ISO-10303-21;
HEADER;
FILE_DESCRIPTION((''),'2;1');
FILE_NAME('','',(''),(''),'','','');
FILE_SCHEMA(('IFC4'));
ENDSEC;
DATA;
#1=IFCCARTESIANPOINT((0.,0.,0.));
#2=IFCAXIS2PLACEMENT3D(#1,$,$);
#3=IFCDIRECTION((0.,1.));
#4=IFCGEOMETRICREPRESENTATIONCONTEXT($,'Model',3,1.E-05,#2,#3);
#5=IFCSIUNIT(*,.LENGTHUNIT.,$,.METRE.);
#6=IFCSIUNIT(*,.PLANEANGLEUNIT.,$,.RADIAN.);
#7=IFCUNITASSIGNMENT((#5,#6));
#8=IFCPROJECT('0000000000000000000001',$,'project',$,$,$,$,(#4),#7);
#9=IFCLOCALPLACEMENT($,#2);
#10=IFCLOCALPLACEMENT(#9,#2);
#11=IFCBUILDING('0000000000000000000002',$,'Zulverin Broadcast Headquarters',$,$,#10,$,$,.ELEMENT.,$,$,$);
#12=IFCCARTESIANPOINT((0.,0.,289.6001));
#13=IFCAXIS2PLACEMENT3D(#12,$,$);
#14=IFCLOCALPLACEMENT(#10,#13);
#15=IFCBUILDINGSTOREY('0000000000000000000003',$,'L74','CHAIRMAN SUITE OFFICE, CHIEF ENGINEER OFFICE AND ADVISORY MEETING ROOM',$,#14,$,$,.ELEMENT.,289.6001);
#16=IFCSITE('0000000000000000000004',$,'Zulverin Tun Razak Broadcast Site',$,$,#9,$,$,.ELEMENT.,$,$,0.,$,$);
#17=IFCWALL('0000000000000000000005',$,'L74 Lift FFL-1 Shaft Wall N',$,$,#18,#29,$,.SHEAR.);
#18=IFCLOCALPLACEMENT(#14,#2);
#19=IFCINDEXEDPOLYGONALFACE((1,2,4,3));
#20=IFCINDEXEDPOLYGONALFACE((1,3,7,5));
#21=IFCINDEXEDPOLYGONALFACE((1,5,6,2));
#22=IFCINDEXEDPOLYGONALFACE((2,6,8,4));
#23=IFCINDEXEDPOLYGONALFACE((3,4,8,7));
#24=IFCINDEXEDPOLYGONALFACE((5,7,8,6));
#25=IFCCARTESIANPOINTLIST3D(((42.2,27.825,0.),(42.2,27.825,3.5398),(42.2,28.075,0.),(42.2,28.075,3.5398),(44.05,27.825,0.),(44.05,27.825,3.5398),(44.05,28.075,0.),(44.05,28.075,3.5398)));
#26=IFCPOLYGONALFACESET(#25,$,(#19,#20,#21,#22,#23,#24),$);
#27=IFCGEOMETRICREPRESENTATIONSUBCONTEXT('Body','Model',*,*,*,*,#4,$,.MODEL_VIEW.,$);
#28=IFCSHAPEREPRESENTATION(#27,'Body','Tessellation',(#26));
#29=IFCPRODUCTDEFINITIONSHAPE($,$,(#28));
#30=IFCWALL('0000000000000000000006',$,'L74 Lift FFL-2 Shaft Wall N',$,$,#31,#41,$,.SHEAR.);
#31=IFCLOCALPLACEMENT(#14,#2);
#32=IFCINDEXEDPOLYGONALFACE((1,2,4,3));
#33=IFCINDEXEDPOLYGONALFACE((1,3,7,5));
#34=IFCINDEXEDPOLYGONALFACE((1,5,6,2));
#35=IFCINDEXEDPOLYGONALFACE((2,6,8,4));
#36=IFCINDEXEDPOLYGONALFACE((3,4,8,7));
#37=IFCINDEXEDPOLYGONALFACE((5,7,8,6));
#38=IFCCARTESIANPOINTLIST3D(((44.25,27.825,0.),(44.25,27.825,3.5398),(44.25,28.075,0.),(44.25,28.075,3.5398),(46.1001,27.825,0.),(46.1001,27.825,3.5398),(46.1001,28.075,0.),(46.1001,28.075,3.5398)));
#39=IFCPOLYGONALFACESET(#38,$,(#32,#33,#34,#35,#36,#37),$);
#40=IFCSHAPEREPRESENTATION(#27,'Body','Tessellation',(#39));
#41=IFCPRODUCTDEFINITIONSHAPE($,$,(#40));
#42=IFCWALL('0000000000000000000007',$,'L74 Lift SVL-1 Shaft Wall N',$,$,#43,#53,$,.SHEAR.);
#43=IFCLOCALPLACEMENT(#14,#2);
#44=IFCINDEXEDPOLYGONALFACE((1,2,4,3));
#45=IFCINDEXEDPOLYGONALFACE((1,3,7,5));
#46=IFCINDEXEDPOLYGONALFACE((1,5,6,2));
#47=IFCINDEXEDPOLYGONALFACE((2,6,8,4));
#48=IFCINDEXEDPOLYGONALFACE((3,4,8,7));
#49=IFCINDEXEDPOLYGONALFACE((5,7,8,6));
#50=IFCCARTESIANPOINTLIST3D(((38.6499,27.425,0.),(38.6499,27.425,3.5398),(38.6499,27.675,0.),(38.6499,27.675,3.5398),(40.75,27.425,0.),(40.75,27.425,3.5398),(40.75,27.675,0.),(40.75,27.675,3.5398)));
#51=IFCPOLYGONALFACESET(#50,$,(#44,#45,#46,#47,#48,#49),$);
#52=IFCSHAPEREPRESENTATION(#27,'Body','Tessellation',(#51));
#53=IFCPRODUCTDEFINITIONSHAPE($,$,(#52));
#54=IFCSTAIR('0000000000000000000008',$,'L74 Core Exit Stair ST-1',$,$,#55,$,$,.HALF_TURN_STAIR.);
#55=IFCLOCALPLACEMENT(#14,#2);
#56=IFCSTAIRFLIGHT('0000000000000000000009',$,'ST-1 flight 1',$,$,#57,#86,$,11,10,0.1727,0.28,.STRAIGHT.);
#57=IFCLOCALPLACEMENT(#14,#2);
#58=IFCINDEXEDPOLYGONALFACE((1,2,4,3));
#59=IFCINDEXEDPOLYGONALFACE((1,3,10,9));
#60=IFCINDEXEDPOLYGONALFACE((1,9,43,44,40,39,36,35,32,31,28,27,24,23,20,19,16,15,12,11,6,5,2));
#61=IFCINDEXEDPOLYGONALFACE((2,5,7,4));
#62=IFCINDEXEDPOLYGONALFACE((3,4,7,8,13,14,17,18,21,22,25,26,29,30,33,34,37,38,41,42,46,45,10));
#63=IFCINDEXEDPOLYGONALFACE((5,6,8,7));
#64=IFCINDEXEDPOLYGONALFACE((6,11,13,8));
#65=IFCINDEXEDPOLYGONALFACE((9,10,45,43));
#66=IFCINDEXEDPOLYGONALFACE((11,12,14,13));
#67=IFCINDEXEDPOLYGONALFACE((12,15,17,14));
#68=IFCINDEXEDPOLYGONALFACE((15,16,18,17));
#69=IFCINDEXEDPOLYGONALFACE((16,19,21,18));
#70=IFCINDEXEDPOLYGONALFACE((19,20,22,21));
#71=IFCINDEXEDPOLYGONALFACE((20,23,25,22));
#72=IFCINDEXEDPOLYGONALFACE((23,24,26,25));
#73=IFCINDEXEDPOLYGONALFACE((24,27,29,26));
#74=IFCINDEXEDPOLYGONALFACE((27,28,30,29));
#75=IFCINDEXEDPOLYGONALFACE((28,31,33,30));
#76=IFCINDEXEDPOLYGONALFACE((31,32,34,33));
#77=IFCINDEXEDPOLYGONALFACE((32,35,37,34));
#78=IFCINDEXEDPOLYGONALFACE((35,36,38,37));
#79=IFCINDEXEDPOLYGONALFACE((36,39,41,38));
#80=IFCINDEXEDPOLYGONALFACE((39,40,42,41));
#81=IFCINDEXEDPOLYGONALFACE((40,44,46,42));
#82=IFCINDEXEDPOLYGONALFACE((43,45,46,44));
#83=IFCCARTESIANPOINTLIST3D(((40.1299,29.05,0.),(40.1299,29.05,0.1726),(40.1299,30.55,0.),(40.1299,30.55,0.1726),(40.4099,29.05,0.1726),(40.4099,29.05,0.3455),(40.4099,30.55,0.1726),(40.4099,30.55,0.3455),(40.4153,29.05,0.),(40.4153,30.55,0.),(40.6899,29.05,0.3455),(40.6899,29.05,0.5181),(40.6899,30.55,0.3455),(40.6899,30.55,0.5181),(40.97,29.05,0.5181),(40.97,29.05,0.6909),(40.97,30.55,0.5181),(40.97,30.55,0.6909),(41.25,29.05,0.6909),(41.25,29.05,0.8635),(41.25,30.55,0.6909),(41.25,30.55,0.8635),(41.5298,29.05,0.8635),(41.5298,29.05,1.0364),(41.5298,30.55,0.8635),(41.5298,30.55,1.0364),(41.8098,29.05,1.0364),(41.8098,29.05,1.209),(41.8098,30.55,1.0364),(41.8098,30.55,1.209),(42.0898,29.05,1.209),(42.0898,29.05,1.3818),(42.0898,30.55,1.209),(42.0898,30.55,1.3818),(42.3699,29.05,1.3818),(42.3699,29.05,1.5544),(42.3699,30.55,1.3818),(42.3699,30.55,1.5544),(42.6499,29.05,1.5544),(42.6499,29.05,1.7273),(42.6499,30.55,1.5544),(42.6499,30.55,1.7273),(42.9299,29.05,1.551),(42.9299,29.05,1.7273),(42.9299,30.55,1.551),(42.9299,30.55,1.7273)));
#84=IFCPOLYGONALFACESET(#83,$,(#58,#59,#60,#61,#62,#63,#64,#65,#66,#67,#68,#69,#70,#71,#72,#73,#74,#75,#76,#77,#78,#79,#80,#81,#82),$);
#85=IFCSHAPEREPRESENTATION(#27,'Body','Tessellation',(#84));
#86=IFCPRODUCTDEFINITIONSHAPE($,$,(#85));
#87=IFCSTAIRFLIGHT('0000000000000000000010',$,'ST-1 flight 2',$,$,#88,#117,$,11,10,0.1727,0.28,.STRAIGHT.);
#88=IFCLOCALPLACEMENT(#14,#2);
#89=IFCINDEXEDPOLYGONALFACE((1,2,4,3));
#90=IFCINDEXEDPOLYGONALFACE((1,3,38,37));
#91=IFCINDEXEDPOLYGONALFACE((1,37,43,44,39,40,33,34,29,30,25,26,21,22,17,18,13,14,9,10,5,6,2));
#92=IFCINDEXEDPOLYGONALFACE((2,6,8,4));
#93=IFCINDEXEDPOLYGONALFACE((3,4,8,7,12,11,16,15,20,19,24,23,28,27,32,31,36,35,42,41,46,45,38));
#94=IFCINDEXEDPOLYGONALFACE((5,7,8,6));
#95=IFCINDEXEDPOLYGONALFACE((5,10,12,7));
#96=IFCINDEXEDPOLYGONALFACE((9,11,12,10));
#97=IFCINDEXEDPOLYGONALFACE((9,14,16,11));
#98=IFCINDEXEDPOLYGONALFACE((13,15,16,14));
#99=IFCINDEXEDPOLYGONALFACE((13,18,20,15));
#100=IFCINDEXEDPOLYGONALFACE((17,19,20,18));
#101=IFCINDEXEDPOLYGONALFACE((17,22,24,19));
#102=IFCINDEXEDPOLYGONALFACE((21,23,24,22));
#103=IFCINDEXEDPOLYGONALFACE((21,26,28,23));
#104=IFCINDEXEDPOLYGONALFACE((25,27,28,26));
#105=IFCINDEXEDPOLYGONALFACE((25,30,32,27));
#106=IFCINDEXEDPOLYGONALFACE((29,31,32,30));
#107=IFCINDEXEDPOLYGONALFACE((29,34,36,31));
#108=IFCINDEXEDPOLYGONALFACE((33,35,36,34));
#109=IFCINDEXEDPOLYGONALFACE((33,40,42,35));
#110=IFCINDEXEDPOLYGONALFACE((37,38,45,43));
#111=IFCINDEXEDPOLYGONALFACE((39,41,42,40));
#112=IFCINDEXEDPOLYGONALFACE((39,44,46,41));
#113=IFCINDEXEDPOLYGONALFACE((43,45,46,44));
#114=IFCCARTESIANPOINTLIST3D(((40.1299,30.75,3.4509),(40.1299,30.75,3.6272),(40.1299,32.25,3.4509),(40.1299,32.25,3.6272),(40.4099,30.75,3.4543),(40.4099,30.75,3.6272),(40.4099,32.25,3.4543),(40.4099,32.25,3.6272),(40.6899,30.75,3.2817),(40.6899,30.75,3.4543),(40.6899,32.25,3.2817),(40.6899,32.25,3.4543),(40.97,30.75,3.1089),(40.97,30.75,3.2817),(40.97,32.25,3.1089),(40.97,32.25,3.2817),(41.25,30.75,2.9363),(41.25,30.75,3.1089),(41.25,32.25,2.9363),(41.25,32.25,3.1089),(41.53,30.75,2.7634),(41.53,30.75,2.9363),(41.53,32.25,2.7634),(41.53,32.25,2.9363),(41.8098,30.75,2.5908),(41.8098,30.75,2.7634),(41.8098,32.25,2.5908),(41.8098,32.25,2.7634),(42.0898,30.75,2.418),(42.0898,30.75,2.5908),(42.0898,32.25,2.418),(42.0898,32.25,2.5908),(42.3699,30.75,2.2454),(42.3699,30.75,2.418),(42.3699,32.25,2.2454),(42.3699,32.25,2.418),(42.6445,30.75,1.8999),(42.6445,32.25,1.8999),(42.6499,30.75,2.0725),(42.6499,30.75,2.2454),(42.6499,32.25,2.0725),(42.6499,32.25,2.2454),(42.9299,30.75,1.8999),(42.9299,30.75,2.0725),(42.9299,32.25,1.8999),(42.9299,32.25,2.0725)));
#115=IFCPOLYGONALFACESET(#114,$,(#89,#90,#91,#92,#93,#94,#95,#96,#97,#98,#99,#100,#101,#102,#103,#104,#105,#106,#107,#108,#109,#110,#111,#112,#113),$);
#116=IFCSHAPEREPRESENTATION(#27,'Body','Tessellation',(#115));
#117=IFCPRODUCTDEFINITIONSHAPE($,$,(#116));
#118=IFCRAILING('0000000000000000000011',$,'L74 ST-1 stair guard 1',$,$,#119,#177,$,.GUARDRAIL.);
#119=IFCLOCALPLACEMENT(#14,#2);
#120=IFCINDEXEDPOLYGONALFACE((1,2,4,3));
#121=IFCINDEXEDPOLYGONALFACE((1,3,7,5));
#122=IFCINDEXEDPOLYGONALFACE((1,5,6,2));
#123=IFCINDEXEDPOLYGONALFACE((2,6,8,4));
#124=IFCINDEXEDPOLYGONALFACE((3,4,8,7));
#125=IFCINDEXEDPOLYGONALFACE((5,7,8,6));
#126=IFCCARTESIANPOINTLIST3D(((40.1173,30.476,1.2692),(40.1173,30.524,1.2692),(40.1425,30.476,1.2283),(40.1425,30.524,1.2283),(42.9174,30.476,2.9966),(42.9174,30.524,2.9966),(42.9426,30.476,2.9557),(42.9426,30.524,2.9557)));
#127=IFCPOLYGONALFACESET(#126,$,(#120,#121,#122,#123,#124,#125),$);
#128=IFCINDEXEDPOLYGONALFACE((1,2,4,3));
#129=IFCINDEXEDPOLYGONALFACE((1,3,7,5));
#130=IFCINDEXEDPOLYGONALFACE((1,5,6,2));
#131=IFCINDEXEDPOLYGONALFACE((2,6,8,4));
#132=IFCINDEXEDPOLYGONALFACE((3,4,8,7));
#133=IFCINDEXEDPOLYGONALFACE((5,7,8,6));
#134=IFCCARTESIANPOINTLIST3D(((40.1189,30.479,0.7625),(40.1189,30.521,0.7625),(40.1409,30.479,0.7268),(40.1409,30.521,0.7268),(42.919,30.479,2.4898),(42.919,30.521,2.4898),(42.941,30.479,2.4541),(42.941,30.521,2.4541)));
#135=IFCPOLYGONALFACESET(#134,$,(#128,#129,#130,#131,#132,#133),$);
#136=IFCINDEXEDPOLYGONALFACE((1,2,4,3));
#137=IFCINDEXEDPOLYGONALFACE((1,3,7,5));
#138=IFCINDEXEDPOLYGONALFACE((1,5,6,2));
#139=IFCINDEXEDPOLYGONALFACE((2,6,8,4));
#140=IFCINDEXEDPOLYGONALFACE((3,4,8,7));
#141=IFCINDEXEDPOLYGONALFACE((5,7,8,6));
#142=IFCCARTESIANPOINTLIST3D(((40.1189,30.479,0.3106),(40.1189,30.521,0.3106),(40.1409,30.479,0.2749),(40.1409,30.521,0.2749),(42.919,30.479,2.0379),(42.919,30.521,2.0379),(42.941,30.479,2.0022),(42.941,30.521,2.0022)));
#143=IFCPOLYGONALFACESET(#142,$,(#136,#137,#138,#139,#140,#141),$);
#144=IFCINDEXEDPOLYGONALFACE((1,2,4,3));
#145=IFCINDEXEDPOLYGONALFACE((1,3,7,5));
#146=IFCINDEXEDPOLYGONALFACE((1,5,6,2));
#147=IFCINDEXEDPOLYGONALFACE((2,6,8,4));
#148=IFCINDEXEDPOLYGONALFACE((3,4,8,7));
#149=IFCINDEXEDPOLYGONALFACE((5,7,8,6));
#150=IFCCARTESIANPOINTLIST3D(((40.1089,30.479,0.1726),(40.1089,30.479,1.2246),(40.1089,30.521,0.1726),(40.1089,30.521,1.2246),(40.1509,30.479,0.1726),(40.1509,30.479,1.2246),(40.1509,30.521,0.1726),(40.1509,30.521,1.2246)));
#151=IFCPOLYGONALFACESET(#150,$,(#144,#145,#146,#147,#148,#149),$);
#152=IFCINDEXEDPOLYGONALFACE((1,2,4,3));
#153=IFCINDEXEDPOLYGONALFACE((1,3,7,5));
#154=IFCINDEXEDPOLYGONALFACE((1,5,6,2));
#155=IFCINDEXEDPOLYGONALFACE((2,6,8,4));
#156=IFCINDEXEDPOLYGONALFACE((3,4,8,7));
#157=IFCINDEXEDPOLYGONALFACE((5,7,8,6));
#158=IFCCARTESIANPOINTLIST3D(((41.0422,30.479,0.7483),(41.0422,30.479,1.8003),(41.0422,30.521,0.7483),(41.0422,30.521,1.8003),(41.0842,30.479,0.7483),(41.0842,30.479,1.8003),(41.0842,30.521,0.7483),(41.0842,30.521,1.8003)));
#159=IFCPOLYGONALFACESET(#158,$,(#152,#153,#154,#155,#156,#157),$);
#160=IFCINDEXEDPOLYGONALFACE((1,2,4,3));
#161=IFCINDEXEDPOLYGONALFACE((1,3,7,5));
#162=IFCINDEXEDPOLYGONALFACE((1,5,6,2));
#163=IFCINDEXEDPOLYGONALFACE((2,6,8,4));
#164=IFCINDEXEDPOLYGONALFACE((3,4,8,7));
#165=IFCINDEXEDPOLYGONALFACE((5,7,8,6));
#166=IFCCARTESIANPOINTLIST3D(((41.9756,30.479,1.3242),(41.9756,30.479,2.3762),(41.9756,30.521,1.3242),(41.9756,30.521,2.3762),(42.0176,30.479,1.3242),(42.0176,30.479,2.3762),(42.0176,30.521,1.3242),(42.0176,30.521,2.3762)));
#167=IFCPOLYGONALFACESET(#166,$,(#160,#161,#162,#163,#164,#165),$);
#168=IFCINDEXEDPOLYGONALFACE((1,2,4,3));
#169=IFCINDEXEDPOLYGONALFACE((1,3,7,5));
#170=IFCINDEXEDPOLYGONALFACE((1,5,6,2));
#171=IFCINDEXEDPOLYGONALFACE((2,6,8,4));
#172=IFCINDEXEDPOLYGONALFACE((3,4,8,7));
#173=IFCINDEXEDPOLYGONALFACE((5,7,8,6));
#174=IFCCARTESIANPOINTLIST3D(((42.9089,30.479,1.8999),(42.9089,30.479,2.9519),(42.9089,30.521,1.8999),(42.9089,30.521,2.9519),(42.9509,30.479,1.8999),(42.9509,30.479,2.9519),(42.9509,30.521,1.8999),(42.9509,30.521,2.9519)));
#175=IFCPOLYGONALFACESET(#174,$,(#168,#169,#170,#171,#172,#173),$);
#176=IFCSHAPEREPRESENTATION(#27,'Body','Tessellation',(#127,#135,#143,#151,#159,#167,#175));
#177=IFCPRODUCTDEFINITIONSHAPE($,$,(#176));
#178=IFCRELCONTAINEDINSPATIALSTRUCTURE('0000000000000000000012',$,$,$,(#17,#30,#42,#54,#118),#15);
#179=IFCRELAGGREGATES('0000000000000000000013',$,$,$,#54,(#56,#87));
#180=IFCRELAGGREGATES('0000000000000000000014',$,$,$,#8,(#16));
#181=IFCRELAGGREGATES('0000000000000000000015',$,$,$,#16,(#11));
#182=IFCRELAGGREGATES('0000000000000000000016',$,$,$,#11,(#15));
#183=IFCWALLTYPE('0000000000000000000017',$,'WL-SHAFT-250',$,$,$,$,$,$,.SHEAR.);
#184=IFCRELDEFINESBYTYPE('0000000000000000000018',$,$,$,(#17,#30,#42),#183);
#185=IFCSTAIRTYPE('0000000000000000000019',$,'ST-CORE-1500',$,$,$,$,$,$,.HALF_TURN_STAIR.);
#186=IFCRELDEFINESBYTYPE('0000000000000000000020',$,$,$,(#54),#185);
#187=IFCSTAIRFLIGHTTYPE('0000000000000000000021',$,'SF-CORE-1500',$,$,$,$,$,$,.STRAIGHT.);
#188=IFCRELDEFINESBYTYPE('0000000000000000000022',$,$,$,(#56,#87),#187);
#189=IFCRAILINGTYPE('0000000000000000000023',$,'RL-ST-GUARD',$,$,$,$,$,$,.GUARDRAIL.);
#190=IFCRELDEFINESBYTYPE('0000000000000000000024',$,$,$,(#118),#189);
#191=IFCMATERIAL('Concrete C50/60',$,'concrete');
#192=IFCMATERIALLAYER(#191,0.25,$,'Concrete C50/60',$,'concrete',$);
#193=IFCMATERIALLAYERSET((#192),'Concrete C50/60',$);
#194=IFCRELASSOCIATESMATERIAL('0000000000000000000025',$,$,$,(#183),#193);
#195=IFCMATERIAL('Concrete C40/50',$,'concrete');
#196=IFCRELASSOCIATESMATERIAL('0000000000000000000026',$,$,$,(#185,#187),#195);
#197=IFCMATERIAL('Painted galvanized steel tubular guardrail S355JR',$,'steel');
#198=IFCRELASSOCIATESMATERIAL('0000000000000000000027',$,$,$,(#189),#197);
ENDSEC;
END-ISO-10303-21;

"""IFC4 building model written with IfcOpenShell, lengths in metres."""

from ifc_helpers import new_model, si_unit, direction, frame, frame_2d, origin, origin_2d, place, context, subcontext, project, spatial, polyline, rectangle, outline, extrude, material, layer, layer_set, type_object, element, aggregate, save


model = new_model("IFC4")

# Units and contexts
model_context = context("Model", 3, precision=1e-05, world=origin(), true_north=direction((0.0, 1.0)))
body_context = subcontext(model_context, "Body", "Model", "MODEL_VIEW")
ifc_project = project(units=[si_unit("LENGTHUNIT", "METRE"), si_unit("PLANEANGLEUNIT", "RADIAN")], contexts=[model_context])

# Site, building, storey
site_placement = place(None, origin())
site = spatial("IfcSite", under=ifc_project, at=site_placement, Name="Zulverin Tun Razak Broadcast Site", CompositionType="ELEMENT", RefElevation=0.0)
building_placement = place(site_placement, origin())
building = spatial("IfcBuilding", under=site, at=building_placement, Name="Zulverin Broadcast Headquarters", CompositionType="ELEMENT")
storey_placement = place(building_placement, frame((0.0, 0.0, 289.6001)))
storey = spatial("IfcBuildingStorey", under=building, at=storey_placement, Name="L74", Description="CHAIRMAN SUITE OFFICE, CHIEF ENGINEER OFFICE AND ADVISORY MEETING ROOM", CompositionType="ELEMENT", Elevation=289.6001)

# Shared definitions
ifc_material_1 = material(Name="Concrete C50/60", Category="concrete")

# Shared definitions
ifc_layer_1 = layer(ifc_material_1, 0.25, Name="Concrete C50/60", Category="concrete")
ifc_layer_set_1 = layer_set([ifc_layer_1], Name="Concrete C50/60")
wall_type_1 = type_object("IfcWallType", Name="WL-SHAFT-250", PredefinedType="SHEAR", material=ifc_layer_set_1)

# Walls
for number, where, z_axis, x_axis, name in (
    (1, (42.2, 27.95, 0.0), (0.0, 0.0, 1.0), (1.0, 0.0, 0.0), "L74 Lift FFL-1 Shaft Wall N"),
    (2, (44.25, 27.95, 0.0), (0.0, 0.0, 1.0), (1.0, 0.0, 0.0), "L74 Lift FFL-2 Shaft Wall N"),
):
    element("IfcWall", number, at=place(storey_placement, frame(where, z_axis=z_axis, x_axis=x_axis)), inside=storey, type_object=wall_type_1, Name=name, PredefinedType="SHEAR", context=body_context, shape_type="SweptSolid", body=[
        extrude(rectangle(XDim=1.8501, YDim=0.25, at=frame_2d((0.925, 0.0))), origin(), (0.0, 0.0, 1.0), 3.5398),
    ])
wall_1_placement = place(storey_placement, frame((38.6499, 27.55, 0.0), z_axis=(0.0, 0.0, 1.0), x_axis=(1.0, 0.0, 0.0)))
element("IfcWall", 3, at=wall_1_placement, inside=storey, type_object=wall_type_1, Name="L74 Lift SVL-1 Shaft Wall N", PredefinedType="SHEAR", context=body_context, shape_type="SweptSolid", body=[
    extrude(rectangle(XDim=2.1001, YDim=0.25, at=frame_2d((1.05, 0.0))), origin(), (0.0, 0.0, 1.0), 3.5398),
])

# Stair, stair flights
ifc_material_2 = material(Name="Concrete C40/50", Category="concrete")
stair_type = type_object("IfcStairType", Name="ST-CORE-1500", PredefinedType="HALF_TURN_STAIR", material=ifc_material_2)
stair_placement = place(storey_placement, origin())
stair = element("IfcStair", 4, at=stair_placement, inside=storey, type_object=stair_type, Name="L74 Core Exit Stair ST-1", PredefinedType="HALF_TURN_STAIR")
stair_flight_type = type_object("IfcStairFlightType", Name="SF-CORE-1500", PredefinedType="STRAIGHT", material=ifc_material_2)
stair_flight_1_placement = place(storey_placement, frame((40.1299, 29.8, 0.0), z_axis=(0.0, 0.0, 1.0), x_axis=(1.0, 0.0, 0.0)))
stair_flight_1 = element("IfcStairFlight", 5, at=stair_flight_1_placement, type_object=stair_flight_type, Name="ST-1 flight 1", NumberOfRisers=11, NumberOfTreads=10, PredefinedType="STRAIGHT", RiserHeight=0.1727, TreadLength=0.28, context=body_context, shape_type="SweptSolid", body=[
    extrude(outline(polyline([(0.0, 0.0), (0.0, 0.1726), (0.28, 0.1726), (0.28, 0.3455), (0.5601, 0.3455), (0.5601, 0.5181), (0.8401, 0.5181), (0.8401, 0.6909), (1.1201, 0.6909), (1.1201, 0.8635), (1.3999, 0.8635), (1.3999, 1.0364), (1.6799, 1.0364), (1.6799, 1.209), (1.96, 1.209), (1.96, 1.3818), (2.24, 1.3818), (2.24, 1.5544), (2.52, 1.5544), (2.52, 1.7273), (2.8, 1.7273), (2.8, 1.8999), (2.8, 1.551), (0.2854, 0.0), (0.0, 0.0)])), frame((0.0, 0.75, 0.0), z_axis=(0.0, -1.0, 0.0), x_axis=(1.0, 0.0, 0.0)), (0.0, 0.0, 1.0), 1.5),
])
stair_flight_2_placement = place(storey_placement, frame((42.9299, 31.5, 1.8999), z_axis=(0.0, 0.0, 1.0), x_axis=(-1.0, 0.0, 0.0)))
stair_flight_2 = element("IfcStairFlight", 6, at=stair_flight_2_placement, type_object=stair_flight_type, Name="ST-1 flight 2", NumberOfRisers=11, NumberOfTreads=10, PredefinedType="STRAIGHT", RiserHeight=0.1727, TreadLength=0.28, context=body_context, shape_type="SweptSolid", body=[
    extrude(outline(polyline([(0.0, 0.0), (0.0, 0.1726), (0.28, 0.1726), (0.28, 0.3455), (0.5601, 0.3455), (0.5601, 0.5181), (0.8401, 0.5181), (0.8401, 0.6909), (1.1201, 0.6909), (1.1201, 0.8635), (1.3999, 0.8635), (1.3999, 1.0364), (1.6799, 1.0364), (1.6799, 1.209), (1.96, 1.209), (1.96, 1.3818), (2.24, 1.3818), (2.24, 1.5544), (2.52, 1.5544), (2.52, 1.7273), (2.8, 1.7273), (2.8, 1.8999), (2.8, 1.551), (0.2854, 0.0), (0.0, 0.0)])), frame((0.0, 0.75, 0.0), z_axis=(0.0, -1.0, 0.0), x_axis=(1.0, 0.0, 0.0)), (0.0, 0.0, 1.0), 1.5),
])
aggregate(stair, [stair_flight_1, stair_flight_2])

# Railing
ifc_material_3 = material(Name="Painted galvanized steel tubular guardrail S355JR", Category="steel")
railing_type_1 = type_object("IfcRailingType", Name="RL-ST-GUARD", PredefinedType="GUARDRAIL", material=ifc_material_3)
railing_1_placement = place(storey_placement, frame((40.1299, 30.5, 0.1726)))
element("IfcRailing", 7, at=railing_1_placement, inside=storey, type_object=railing_type_1, Name="L74 ST-1 stair guard 1", PredefinedType="GUARDRAIL", context=body_context, shape_type="SweptSolid", body=[
    extrude(rectangle(XDim=0.0481, YDim=0.0481, at=origin_2d()), frame((0.0, 0.0, 1.0762), z_axis=(0.85109, 0.0, 0.52502), x_axis=(0.0, 1.0, 0.0)), (0.0, 0.0, 1.0), 3.29),
    extrude(rectangle(XDim=0.042, YDim=0.042, at=origin_2d()), frame((0.0, 0.0, 0.572), z_axis=(0.85109, 0.0, 0.52502), x_axis=(0.0, 1.0, 0.0)), (0.0, 0.0, 1.0), 3.29),
    extrude(rectangle(XDim=0.042, YDim=0.042, at=origin_2d()), frame((0.0, 0.0, 0.1201), z_axis=(0.85109, 0.0, 0.52502), x_axis=(0.0, 1.0, 0.0)), (0.0, 0.0, 1.0), 3.29),
    extrude(rectangle(XDim=0.042, YDim=0.042, at=origin_2d()), origin(), (0.0, 0.0, 1.0), 1.052),
    extrude(rectangle(XDim=0.042, YDim=0.042, at=origin_2d()), frame((0.9333, 0.0, 0.5757)), (0.0, 0.0, 1.0), 1.052),
    extrude(rectangle(XDim=0.042, YDim=0.042, at=origin_2d()), frame((1.8667, 0.0, 1.1516)), (0.0, 0.0, 1.0), 1.052),
    extrude(rectangle(XDim=0.042, YDim=0.042, at=origin_2d()), frame((2.8, 0.0, 1.7273)), (0.0, 0.0, 1.0), 1.052),
])

save(model, "model.ifc")
